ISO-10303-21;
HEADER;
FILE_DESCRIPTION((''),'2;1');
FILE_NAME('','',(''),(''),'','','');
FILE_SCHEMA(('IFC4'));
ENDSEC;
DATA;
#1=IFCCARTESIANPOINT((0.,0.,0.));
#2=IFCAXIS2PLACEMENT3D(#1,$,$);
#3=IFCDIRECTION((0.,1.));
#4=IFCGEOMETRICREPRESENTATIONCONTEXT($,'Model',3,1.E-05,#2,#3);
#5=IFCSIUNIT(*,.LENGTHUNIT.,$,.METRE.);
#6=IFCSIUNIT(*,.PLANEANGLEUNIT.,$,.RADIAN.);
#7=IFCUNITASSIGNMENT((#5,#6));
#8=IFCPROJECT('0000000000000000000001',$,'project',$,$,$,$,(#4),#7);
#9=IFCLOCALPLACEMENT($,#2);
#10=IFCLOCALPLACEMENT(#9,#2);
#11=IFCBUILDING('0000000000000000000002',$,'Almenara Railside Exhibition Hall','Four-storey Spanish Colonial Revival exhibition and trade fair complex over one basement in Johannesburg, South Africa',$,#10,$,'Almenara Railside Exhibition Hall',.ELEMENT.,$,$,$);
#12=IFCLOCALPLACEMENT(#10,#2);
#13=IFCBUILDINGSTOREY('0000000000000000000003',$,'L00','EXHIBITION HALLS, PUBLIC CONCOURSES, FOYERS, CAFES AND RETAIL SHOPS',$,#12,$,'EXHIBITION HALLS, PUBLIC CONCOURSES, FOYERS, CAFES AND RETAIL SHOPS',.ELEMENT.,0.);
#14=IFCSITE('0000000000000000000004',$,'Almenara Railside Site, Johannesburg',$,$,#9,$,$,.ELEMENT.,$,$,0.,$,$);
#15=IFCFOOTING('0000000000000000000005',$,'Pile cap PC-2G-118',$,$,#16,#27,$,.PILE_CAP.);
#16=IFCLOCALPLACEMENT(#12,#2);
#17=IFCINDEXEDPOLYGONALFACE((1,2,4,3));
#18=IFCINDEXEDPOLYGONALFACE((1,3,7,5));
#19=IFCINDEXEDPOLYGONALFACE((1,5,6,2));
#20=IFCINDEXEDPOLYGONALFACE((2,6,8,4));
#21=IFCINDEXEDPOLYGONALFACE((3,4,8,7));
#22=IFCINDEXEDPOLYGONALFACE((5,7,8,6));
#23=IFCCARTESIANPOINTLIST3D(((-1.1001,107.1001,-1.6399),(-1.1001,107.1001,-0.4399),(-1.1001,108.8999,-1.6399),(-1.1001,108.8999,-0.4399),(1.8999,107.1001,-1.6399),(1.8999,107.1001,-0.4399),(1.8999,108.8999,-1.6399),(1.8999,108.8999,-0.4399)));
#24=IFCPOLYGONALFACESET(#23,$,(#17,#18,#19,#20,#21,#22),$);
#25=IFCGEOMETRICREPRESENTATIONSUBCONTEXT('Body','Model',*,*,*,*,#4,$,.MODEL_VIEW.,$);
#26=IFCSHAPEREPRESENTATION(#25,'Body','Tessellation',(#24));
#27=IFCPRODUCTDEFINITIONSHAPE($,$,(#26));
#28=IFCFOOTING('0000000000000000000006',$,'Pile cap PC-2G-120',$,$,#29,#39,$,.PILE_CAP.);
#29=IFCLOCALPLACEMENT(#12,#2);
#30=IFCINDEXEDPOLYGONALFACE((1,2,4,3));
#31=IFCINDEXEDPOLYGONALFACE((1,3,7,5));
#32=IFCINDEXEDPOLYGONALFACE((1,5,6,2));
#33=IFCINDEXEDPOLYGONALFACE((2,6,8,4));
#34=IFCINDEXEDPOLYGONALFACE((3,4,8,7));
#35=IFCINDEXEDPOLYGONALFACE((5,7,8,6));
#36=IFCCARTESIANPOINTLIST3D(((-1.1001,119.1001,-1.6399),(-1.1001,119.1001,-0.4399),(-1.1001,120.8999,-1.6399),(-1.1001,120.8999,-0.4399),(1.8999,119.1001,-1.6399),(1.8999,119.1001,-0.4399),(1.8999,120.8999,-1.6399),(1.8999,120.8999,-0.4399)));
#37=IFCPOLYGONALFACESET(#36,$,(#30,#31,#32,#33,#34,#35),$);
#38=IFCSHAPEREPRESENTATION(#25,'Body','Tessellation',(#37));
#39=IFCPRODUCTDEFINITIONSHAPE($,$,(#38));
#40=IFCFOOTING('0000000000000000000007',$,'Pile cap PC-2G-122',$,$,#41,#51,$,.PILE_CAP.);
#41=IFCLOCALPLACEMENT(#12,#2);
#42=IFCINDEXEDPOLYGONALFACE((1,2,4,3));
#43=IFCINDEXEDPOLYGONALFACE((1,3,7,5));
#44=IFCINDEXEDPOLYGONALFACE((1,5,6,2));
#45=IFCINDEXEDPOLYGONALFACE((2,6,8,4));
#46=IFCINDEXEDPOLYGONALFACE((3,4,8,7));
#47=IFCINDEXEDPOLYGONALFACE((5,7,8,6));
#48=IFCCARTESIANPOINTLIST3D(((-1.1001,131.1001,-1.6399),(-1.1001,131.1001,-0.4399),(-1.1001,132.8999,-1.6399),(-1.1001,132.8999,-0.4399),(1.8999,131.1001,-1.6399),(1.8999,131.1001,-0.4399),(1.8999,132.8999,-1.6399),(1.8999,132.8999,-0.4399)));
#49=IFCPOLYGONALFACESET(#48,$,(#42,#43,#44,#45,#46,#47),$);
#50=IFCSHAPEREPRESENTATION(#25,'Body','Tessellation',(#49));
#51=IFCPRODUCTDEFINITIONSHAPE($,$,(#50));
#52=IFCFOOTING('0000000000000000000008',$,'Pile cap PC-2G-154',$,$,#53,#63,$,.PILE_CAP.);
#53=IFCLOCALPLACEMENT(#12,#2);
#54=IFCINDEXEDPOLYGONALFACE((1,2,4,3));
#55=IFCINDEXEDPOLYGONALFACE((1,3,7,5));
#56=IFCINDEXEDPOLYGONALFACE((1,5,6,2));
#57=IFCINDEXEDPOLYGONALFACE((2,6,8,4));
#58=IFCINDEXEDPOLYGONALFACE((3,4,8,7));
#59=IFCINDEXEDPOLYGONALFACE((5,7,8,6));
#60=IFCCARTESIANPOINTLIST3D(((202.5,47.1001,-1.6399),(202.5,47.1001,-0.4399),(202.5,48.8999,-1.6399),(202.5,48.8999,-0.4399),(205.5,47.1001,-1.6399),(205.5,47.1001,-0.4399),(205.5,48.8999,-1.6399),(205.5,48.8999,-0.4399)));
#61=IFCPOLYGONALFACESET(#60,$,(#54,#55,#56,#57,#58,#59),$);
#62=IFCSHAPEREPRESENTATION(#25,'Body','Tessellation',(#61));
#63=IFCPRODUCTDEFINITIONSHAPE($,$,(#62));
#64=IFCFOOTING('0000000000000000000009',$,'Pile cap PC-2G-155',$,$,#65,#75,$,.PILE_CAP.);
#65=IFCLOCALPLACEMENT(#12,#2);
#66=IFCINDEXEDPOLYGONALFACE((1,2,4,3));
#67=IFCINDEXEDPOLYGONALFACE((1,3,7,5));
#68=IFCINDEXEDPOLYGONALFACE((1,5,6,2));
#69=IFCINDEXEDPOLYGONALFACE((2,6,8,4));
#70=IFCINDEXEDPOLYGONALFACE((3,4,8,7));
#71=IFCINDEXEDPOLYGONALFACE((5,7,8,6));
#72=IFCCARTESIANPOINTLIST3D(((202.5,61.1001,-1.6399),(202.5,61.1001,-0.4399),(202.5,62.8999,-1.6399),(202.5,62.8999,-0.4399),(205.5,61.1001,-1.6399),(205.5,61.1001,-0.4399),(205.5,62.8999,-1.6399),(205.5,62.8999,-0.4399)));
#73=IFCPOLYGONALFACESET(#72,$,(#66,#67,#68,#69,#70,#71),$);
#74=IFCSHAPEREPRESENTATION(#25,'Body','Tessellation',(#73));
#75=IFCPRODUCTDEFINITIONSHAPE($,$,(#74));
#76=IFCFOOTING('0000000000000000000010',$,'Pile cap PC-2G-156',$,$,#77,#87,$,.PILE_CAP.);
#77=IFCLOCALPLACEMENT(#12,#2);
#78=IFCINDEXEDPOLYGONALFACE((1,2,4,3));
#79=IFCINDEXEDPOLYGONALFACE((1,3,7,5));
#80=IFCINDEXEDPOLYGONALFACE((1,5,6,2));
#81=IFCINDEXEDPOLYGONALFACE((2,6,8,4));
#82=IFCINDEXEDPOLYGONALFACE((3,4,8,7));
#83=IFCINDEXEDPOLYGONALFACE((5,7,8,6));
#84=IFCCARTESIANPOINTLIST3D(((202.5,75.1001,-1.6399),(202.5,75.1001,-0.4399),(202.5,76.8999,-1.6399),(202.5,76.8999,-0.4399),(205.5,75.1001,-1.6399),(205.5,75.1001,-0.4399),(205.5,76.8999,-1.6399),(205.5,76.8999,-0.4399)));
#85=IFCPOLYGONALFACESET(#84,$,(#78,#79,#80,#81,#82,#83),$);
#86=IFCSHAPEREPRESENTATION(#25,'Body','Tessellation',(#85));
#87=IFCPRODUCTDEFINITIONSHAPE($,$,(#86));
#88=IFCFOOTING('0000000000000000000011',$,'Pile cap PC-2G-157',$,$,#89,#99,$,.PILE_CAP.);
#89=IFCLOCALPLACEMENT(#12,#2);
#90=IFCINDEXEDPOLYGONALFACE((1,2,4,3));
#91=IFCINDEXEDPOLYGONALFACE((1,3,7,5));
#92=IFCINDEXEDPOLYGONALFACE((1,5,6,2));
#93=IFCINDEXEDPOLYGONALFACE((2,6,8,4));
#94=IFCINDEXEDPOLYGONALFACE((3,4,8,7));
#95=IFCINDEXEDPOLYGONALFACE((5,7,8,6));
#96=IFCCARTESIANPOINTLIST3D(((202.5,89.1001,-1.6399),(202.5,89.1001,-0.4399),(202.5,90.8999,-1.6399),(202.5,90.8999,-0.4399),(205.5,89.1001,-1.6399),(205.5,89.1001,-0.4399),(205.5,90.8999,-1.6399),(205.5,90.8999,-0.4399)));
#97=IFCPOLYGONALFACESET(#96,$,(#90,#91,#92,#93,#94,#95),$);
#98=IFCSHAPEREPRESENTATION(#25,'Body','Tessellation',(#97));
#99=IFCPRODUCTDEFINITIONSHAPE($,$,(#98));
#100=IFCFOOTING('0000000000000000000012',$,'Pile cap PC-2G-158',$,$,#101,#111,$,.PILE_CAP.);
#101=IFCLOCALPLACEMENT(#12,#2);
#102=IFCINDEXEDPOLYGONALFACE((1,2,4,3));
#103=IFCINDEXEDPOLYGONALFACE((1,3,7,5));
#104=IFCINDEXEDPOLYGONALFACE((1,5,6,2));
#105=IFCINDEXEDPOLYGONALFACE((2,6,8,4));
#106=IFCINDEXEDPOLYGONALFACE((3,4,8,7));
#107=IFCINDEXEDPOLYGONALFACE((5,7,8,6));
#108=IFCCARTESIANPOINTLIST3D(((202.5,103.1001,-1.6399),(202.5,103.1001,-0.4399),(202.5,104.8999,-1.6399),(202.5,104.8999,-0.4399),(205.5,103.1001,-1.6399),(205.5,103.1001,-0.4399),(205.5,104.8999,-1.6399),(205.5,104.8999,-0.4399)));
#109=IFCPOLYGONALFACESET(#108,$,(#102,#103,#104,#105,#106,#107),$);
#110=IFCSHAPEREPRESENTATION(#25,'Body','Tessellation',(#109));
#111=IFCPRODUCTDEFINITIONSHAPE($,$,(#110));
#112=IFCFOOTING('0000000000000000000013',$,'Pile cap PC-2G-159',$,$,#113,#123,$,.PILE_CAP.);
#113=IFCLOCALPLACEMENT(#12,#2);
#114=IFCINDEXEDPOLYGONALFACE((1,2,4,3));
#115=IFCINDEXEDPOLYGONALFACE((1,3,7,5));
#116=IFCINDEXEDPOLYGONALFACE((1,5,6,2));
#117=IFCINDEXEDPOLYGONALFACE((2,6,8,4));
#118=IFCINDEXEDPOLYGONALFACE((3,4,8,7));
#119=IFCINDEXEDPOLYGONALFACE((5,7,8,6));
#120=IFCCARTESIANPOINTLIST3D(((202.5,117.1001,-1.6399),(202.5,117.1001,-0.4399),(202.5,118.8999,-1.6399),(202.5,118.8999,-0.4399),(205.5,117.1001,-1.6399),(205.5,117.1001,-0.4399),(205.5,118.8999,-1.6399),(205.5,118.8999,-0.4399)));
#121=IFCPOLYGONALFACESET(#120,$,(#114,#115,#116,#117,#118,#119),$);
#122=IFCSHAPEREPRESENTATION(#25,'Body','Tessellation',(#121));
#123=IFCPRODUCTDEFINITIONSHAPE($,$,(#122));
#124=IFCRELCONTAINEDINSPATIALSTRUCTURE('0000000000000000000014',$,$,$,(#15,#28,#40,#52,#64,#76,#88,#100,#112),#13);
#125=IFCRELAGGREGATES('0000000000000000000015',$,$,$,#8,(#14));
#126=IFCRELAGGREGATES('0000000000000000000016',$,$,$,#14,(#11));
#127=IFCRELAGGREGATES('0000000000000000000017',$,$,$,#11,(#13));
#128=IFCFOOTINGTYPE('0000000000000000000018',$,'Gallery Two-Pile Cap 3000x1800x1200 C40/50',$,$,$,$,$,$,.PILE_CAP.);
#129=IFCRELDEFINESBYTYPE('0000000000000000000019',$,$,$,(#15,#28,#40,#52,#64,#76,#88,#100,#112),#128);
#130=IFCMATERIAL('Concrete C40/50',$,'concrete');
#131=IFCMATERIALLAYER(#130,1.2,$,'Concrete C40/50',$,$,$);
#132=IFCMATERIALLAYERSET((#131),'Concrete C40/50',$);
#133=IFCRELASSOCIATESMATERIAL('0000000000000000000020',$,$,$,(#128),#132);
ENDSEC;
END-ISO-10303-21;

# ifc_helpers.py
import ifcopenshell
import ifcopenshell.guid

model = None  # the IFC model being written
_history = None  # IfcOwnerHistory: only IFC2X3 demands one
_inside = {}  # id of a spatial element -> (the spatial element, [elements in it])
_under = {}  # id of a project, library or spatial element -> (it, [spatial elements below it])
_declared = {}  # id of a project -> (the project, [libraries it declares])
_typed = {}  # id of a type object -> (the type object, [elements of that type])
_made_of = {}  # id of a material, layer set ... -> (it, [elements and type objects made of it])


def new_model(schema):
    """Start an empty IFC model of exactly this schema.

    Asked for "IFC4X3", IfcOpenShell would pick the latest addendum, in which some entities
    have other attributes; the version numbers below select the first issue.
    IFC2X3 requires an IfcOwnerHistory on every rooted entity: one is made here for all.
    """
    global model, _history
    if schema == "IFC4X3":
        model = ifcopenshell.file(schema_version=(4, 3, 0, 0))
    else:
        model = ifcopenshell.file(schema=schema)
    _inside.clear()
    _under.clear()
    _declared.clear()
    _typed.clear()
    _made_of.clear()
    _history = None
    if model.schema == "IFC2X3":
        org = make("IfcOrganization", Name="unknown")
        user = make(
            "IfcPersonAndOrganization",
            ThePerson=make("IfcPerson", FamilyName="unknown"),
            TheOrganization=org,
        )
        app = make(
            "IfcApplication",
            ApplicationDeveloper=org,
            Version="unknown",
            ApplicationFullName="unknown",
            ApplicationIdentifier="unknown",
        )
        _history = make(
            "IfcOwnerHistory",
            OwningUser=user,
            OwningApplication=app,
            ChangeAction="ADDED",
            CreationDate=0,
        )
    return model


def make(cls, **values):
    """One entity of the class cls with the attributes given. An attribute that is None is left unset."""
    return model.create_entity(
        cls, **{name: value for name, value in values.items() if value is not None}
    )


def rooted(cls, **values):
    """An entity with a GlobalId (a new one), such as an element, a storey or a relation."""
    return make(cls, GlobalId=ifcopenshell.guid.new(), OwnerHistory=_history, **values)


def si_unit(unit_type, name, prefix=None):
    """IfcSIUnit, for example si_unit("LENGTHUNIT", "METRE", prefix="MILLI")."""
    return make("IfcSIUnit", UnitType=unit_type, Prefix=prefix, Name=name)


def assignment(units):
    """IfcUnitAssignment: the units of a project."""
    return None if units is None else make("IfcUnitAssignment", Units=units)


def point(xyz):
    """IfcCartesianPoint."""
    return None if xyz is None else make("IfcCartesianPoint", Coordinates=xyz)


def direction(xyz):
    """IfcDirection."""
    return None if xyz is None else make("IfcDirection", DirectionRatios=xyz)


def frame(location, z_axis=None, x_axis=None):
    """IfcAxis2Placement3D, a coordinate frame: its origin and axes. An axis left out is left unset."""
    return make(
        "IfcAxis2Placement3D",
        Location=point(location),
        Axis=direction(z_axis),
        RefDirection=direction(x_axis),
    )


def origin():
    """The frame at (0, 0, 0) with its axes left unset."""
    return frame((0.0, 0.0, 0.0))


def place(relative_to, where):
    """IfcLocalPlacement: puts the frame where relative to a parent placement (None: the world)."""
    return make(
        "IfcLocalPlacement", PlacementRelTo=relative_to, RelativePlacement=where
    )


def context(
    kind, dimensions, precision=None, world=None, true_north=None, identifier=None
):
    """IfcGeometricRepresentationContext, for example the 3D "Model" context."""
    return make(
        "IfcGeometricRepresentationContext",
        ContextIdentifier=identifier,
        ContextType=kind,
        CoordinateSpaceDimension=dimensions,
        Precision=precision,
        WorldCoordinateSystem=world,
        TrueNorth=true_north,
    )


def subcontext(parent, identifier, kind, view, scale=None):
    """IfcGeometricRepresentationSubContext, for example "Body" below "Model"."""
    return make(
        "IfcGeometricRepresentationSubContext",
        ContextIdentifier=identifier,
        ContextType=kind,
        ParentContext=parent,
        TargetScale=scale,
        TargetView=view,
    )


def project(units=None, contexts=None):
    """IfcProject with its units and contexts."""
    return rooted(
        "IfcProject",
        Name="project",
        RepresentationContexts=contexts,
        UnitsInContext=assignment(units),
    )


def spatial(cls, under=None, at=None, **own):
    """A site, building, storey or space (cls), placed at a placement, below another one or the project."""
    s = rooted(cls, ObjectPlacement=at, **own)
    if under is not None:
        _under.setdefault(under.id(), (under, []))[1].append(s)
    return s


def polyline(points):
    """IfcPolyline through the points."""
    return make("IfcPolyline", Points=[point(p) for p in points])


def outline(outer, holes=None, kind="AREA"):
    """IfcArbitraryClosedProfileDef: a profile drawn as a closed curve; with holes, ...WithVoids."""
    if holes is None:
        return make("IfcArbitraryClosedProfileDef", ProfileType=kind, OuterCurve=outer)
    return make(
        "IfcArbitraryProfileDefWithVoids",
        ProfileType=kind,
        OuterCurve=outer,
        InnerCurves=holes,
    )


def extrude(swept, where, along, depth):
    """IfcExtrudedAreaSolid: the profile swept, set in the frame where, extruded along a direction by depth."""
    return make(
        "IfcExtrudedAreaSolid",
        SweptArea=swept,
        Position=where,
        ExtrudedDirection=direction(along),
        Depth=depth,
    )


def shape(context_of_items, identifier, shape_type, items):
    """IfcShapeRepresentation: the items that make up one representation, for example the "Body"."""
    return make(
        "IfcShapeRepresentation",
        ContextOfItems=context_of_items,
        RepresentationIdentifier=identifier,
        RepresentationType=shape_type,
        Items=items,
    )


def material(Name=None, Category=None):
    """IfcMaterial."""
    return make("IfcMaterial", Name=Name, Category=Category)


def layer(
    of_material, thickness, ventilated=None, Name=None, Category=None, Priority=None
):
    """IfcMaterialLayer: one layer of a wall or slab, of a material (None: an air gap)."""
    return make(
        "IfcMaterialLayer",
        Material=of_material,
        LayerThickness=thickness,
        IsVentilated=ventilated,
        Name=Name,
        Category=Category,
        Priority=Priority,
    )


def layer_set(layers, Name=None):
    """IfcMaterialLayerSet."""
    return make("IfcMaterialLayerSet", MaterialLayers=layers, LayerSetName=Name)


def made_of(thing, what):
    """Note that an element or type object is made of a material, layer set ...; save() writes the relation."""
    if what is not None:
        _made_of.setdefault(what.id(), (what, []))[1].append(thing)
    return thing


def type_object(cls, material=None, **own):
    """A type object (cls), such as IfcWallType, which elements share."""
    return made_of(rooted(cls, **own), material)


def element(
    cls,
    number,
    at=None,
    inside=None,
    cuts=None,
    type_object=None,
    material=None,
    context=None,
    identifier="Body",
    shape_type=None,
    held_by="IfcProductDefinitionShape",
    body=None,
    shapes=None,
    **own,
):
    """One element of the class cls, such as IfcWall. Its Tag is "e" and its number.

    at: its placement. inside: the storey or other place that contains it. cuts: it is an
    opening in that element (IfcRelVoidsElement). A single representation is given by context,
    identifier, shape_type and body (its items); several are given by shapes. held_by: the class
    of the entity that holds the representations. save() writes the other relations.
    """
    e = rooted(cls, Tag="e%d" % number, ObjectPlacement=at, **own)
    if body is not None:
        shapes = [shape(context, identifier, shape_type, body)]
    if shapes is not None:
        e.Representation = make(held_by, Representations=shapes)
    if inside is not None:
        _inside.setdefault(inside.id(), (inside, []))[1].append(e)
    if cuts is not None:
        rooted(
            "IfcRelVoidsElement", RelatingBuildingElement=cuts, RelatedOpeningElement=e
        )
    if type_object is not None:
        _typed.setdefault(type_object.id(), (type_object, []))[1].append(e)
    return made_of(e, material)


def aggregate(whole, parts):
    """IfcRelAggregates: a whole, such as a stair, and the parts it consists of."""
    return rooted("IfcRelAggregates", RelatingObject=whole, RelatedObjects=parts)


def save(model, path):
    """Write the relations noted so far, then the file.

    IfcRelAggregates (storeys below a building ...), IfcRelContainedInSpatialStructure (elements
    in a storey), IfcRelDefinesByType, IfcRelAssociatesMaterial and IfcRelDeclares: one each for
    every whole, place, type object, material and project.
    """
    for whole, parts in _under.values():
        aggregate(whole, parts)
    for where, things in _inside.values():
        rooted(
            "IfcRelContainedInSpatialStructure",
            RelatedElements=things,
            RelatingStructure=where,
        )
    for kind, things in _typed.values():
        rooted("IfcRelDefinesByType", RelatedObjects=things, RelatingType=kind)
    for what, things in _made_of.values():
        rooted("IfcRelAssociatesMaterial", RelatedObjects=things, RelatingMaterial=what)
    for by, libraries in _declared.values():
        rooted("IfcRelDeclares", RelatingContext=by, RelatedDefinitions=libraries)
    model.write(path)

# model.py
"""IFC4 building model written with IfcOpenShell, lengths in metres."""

from ifc_helpers import new_model, si_unit, direction, frame, origin, place, context, subcontext, project, spatial, polyline, outline, extrude, material, layer, layer_set, type_object, element, save


model = new_model("IFC4")

# Units and contexts
model_context = context("Model", 3, precision=1e-05, world=origin(), true_north=direction((0.0, 1.0)))
body_context = subcontext(model_context, "Body", "Model", "MODEL_VIEW")
ifc_project = project(units=[si_unit("LENGTHUNIT", "METRE"), si_unit("PLANEANGLEUNIT", "RADIAN")], contexts=[model_context])

# Site, building, storey
site_placement = place(None, origin())
site = spatial("IfcSite", under=ifc_project, at=site_placement, Name="Almenara Railside Site, Johannesburg", CompositionType="ELEMENT", RefElevation=0.0)
building_placement = place(site_placement, origin())
building = spatial("IfcBuilding", under=site, at=building_placement, Name="Almenara Railside Exhibition Hall", Description="Four-storey Spanish Colonial Revival exhibition and trade fair complex over one basement in Johannesburg, South Africa", LongName="Almenara Railside Exhibition Hall", CompositionType="ELEMENT")
storey_placement = place(building_placement, origin())
storey = spatial("IfcBuildingStorey", under=building, at=storey_placement, Name="L00", Description="EXHIBITION HALLS, PUBLIC CONCOURSES, FOYERS, CAFES AND RETAIL SHOPS", LongName="EXHIBITION HALLS, PUBLIC CONCOURSES, FOYERS, CAFES AND RETAIL SHOPS", CompositionType="ELEMENT", Elevation=0.0)

# Footings
ifc_material = material(Name="Concrete C40/50", Category="concrete")
ifc_layer_1 = layer(ifc_material, 1.2, Name="Concrete C40/50")
ifc_layer_set_1 = layer_set([ifc_layer_1], Name="Concrete C40/50")
footing_type_1 = type_object("IfcFootingType", Name="Gallery Two-Pile Cap 3000x1800x1200 C40/50", PredefinedType="PILE_CAP", material=ifc_layer_set_1)
footing_1_placement = place(storey_placement, frame((0.0, 0.0, -1.6399)))
element("IfcFooting", 1, at=footing_1_placement, inside=storey, type_object=footing_type_1, Name="Pile cap PC-2G-118", PredefinedType="PILE_CAP", context=body_context, shape_type="SweptSolid", body=[
    extrude(outline(polyline([(-1.1001, 107.1001), (1.8999, 107.1001), (1.8999, 108.8999), (-1.1001, 108.8999), (-1.1001, 107.1001)])), origin(), (0.0, 0.0, 1.0), 1.2),
])
footing_2_placement = place(storey_placement, frame((0.0, 0.0, -1.6399)))
element("IfcFooting", 2, at=footing_2_placement, inside=storey, type_object=footing_type_1, Name="Pile cap PC-2G-120", PredefinedType="PILE_CAP", context=body_context, shape_type="SweptSolid", body=[
    extrude(outline(polyline([(-1.1001, 119.1001), (1.8999, 119.1001), (1.8999, 120.8999), (-1.1001, 120.8999), (-1.1001, 119.1001)])), origin(), (0.0, 0.0, 1.0), 1.2),
])
footing_3_placement = place(storey_placement, frame((0.0, 0.0, -1.6399)))
element("IfcFooting", 3, at=footing_3_placement, inside=storey, type_object=footing_type_1, Name="Pile cap PC-2G-122", PredefinedType="PILE_CAP", context=body_context, shape_type="SweptSolid", body=[
    extrude(outline(polyline([(-1.1001, 131.1001), (1.8999, 131.1001), (1.8999, 132.8999), (-1.1001, 132.8999), (-1.1001, 131.1001)])), origin(), (0.0, 0.0, 1.0), 1.2),
])
footing_4_placement = place(storey_placement, frame((0.0, 0.0, -1.6399)))
element("IfcFooting", 4, at=footing_4_placement, inside=storey, type_object=footing_type_1, Name="Pile cap PC-2G-154", PredefinedType="PILE_CAP", context=body_context, shape_type="SweptSolid", body=[
    extrude(outline(polyline([(202.5, 47.1001), (205.5, 47.1001), (205.5, 48.8999), (202.5, 48.8999), (202.5, 47.1001)])), origin(), (0.0, 0.0, 1.0), 1.2),
])
footing_5_placement = place(storey_placement, frame((0.0, 0.0, -1.6399)))
element("IfcFooting", 5, at=footing_5_placement, inside=storey, type_object=footing_type_1, Name="Pile cap PC-2G-155", PredefinedType="PILE_CAP", context=body_context, shape_type="SweptSolid", body=[
    extrude(outline(polyline([(202.5, 61.1001), (205.5, 61.1001), (205.5, 62.8999), (202.5, 62.8999), (202.5, 61.1001)])), origin(), (0.0, 0.0, 1.0), 1.2),
])
footing_6_placement = place(storey_placement, frame((0.0, 0.0, -1.6399)))
element("IfcFooting", 6, at=footing_6_placement, inside=storey, type_object=footing_type_1, Name="Pile cap PC-2G-156", PredefinedType="PILE_CAP", context=body_context, shape_type="SweptSolid", body=[
    extrude(outline(polyline([(202.5, 75.1001), (205.5, 75.1001), (205.5, 76.8999), (202.5, 76.8999), (202.5, 75.1001)])), origin(), (0.0, 0.0, 1.0), 1.2),
])
footing_7_placement = place(storey_placement, frame((0.0, 0.0, -1.6399)))
element("IfcFooting", 7, at=footing_7_placement, inside=storey, type_object=footing_type_1, Name="Pile cap PC-2G-157", PredefinedType="PILE_CAP", context=body_context, shape_type="SweptSolid", body=[
    extrude(outline(polyline([(202.5, 89.1001), (205.5, 89.1001), (205.5, 90.8999), (202.5, 90.8999), (202.5, 89.1001)])), origin(), (0.0, 0.0, 1.0), 1.2),
])
footing_8_placement = place(storey_placement, frame((0.0, 0.0, -1.6399)))
element("IfcFooting", 8, at=footing_8_placement, inside=storey, type_object=footing_type_1, Name="Pile cap PC-2G-158", PredefinedType="PILE_CAP", context=body_context, shape_type="SweptSolid", body=[
    extrude(outline(polyline([(202.5, 103.1001), (205.5, 103.1001), (205.5, 104.8999), (202.5, 104.8999), (202.5, 103.1001)])), origin(), (0.0, 0.0, 1.0), 1.2),
])
footing_9_placement = place(storey_placement, frame((0.0, 0.0, -1.6399)))
element("IfcFooting", 9, at=footing_9_placement, inside=storey, type_object=footing_type_1, Name="Pile cap PC-2G-159", PredefinedType="PILE_CAP", context=body_context, shape_type="SweptSolid", body=[
    extrude(outline(polyline([(202.5, 117.1001), (205.5, 117.1001), (205.5, 118.8999), (202.5, 118.8999), (202.5, 117.1001)])), origin(), (0.0, 0.0, 1.0), 1.2),
])

save(model, "model.ifc")
